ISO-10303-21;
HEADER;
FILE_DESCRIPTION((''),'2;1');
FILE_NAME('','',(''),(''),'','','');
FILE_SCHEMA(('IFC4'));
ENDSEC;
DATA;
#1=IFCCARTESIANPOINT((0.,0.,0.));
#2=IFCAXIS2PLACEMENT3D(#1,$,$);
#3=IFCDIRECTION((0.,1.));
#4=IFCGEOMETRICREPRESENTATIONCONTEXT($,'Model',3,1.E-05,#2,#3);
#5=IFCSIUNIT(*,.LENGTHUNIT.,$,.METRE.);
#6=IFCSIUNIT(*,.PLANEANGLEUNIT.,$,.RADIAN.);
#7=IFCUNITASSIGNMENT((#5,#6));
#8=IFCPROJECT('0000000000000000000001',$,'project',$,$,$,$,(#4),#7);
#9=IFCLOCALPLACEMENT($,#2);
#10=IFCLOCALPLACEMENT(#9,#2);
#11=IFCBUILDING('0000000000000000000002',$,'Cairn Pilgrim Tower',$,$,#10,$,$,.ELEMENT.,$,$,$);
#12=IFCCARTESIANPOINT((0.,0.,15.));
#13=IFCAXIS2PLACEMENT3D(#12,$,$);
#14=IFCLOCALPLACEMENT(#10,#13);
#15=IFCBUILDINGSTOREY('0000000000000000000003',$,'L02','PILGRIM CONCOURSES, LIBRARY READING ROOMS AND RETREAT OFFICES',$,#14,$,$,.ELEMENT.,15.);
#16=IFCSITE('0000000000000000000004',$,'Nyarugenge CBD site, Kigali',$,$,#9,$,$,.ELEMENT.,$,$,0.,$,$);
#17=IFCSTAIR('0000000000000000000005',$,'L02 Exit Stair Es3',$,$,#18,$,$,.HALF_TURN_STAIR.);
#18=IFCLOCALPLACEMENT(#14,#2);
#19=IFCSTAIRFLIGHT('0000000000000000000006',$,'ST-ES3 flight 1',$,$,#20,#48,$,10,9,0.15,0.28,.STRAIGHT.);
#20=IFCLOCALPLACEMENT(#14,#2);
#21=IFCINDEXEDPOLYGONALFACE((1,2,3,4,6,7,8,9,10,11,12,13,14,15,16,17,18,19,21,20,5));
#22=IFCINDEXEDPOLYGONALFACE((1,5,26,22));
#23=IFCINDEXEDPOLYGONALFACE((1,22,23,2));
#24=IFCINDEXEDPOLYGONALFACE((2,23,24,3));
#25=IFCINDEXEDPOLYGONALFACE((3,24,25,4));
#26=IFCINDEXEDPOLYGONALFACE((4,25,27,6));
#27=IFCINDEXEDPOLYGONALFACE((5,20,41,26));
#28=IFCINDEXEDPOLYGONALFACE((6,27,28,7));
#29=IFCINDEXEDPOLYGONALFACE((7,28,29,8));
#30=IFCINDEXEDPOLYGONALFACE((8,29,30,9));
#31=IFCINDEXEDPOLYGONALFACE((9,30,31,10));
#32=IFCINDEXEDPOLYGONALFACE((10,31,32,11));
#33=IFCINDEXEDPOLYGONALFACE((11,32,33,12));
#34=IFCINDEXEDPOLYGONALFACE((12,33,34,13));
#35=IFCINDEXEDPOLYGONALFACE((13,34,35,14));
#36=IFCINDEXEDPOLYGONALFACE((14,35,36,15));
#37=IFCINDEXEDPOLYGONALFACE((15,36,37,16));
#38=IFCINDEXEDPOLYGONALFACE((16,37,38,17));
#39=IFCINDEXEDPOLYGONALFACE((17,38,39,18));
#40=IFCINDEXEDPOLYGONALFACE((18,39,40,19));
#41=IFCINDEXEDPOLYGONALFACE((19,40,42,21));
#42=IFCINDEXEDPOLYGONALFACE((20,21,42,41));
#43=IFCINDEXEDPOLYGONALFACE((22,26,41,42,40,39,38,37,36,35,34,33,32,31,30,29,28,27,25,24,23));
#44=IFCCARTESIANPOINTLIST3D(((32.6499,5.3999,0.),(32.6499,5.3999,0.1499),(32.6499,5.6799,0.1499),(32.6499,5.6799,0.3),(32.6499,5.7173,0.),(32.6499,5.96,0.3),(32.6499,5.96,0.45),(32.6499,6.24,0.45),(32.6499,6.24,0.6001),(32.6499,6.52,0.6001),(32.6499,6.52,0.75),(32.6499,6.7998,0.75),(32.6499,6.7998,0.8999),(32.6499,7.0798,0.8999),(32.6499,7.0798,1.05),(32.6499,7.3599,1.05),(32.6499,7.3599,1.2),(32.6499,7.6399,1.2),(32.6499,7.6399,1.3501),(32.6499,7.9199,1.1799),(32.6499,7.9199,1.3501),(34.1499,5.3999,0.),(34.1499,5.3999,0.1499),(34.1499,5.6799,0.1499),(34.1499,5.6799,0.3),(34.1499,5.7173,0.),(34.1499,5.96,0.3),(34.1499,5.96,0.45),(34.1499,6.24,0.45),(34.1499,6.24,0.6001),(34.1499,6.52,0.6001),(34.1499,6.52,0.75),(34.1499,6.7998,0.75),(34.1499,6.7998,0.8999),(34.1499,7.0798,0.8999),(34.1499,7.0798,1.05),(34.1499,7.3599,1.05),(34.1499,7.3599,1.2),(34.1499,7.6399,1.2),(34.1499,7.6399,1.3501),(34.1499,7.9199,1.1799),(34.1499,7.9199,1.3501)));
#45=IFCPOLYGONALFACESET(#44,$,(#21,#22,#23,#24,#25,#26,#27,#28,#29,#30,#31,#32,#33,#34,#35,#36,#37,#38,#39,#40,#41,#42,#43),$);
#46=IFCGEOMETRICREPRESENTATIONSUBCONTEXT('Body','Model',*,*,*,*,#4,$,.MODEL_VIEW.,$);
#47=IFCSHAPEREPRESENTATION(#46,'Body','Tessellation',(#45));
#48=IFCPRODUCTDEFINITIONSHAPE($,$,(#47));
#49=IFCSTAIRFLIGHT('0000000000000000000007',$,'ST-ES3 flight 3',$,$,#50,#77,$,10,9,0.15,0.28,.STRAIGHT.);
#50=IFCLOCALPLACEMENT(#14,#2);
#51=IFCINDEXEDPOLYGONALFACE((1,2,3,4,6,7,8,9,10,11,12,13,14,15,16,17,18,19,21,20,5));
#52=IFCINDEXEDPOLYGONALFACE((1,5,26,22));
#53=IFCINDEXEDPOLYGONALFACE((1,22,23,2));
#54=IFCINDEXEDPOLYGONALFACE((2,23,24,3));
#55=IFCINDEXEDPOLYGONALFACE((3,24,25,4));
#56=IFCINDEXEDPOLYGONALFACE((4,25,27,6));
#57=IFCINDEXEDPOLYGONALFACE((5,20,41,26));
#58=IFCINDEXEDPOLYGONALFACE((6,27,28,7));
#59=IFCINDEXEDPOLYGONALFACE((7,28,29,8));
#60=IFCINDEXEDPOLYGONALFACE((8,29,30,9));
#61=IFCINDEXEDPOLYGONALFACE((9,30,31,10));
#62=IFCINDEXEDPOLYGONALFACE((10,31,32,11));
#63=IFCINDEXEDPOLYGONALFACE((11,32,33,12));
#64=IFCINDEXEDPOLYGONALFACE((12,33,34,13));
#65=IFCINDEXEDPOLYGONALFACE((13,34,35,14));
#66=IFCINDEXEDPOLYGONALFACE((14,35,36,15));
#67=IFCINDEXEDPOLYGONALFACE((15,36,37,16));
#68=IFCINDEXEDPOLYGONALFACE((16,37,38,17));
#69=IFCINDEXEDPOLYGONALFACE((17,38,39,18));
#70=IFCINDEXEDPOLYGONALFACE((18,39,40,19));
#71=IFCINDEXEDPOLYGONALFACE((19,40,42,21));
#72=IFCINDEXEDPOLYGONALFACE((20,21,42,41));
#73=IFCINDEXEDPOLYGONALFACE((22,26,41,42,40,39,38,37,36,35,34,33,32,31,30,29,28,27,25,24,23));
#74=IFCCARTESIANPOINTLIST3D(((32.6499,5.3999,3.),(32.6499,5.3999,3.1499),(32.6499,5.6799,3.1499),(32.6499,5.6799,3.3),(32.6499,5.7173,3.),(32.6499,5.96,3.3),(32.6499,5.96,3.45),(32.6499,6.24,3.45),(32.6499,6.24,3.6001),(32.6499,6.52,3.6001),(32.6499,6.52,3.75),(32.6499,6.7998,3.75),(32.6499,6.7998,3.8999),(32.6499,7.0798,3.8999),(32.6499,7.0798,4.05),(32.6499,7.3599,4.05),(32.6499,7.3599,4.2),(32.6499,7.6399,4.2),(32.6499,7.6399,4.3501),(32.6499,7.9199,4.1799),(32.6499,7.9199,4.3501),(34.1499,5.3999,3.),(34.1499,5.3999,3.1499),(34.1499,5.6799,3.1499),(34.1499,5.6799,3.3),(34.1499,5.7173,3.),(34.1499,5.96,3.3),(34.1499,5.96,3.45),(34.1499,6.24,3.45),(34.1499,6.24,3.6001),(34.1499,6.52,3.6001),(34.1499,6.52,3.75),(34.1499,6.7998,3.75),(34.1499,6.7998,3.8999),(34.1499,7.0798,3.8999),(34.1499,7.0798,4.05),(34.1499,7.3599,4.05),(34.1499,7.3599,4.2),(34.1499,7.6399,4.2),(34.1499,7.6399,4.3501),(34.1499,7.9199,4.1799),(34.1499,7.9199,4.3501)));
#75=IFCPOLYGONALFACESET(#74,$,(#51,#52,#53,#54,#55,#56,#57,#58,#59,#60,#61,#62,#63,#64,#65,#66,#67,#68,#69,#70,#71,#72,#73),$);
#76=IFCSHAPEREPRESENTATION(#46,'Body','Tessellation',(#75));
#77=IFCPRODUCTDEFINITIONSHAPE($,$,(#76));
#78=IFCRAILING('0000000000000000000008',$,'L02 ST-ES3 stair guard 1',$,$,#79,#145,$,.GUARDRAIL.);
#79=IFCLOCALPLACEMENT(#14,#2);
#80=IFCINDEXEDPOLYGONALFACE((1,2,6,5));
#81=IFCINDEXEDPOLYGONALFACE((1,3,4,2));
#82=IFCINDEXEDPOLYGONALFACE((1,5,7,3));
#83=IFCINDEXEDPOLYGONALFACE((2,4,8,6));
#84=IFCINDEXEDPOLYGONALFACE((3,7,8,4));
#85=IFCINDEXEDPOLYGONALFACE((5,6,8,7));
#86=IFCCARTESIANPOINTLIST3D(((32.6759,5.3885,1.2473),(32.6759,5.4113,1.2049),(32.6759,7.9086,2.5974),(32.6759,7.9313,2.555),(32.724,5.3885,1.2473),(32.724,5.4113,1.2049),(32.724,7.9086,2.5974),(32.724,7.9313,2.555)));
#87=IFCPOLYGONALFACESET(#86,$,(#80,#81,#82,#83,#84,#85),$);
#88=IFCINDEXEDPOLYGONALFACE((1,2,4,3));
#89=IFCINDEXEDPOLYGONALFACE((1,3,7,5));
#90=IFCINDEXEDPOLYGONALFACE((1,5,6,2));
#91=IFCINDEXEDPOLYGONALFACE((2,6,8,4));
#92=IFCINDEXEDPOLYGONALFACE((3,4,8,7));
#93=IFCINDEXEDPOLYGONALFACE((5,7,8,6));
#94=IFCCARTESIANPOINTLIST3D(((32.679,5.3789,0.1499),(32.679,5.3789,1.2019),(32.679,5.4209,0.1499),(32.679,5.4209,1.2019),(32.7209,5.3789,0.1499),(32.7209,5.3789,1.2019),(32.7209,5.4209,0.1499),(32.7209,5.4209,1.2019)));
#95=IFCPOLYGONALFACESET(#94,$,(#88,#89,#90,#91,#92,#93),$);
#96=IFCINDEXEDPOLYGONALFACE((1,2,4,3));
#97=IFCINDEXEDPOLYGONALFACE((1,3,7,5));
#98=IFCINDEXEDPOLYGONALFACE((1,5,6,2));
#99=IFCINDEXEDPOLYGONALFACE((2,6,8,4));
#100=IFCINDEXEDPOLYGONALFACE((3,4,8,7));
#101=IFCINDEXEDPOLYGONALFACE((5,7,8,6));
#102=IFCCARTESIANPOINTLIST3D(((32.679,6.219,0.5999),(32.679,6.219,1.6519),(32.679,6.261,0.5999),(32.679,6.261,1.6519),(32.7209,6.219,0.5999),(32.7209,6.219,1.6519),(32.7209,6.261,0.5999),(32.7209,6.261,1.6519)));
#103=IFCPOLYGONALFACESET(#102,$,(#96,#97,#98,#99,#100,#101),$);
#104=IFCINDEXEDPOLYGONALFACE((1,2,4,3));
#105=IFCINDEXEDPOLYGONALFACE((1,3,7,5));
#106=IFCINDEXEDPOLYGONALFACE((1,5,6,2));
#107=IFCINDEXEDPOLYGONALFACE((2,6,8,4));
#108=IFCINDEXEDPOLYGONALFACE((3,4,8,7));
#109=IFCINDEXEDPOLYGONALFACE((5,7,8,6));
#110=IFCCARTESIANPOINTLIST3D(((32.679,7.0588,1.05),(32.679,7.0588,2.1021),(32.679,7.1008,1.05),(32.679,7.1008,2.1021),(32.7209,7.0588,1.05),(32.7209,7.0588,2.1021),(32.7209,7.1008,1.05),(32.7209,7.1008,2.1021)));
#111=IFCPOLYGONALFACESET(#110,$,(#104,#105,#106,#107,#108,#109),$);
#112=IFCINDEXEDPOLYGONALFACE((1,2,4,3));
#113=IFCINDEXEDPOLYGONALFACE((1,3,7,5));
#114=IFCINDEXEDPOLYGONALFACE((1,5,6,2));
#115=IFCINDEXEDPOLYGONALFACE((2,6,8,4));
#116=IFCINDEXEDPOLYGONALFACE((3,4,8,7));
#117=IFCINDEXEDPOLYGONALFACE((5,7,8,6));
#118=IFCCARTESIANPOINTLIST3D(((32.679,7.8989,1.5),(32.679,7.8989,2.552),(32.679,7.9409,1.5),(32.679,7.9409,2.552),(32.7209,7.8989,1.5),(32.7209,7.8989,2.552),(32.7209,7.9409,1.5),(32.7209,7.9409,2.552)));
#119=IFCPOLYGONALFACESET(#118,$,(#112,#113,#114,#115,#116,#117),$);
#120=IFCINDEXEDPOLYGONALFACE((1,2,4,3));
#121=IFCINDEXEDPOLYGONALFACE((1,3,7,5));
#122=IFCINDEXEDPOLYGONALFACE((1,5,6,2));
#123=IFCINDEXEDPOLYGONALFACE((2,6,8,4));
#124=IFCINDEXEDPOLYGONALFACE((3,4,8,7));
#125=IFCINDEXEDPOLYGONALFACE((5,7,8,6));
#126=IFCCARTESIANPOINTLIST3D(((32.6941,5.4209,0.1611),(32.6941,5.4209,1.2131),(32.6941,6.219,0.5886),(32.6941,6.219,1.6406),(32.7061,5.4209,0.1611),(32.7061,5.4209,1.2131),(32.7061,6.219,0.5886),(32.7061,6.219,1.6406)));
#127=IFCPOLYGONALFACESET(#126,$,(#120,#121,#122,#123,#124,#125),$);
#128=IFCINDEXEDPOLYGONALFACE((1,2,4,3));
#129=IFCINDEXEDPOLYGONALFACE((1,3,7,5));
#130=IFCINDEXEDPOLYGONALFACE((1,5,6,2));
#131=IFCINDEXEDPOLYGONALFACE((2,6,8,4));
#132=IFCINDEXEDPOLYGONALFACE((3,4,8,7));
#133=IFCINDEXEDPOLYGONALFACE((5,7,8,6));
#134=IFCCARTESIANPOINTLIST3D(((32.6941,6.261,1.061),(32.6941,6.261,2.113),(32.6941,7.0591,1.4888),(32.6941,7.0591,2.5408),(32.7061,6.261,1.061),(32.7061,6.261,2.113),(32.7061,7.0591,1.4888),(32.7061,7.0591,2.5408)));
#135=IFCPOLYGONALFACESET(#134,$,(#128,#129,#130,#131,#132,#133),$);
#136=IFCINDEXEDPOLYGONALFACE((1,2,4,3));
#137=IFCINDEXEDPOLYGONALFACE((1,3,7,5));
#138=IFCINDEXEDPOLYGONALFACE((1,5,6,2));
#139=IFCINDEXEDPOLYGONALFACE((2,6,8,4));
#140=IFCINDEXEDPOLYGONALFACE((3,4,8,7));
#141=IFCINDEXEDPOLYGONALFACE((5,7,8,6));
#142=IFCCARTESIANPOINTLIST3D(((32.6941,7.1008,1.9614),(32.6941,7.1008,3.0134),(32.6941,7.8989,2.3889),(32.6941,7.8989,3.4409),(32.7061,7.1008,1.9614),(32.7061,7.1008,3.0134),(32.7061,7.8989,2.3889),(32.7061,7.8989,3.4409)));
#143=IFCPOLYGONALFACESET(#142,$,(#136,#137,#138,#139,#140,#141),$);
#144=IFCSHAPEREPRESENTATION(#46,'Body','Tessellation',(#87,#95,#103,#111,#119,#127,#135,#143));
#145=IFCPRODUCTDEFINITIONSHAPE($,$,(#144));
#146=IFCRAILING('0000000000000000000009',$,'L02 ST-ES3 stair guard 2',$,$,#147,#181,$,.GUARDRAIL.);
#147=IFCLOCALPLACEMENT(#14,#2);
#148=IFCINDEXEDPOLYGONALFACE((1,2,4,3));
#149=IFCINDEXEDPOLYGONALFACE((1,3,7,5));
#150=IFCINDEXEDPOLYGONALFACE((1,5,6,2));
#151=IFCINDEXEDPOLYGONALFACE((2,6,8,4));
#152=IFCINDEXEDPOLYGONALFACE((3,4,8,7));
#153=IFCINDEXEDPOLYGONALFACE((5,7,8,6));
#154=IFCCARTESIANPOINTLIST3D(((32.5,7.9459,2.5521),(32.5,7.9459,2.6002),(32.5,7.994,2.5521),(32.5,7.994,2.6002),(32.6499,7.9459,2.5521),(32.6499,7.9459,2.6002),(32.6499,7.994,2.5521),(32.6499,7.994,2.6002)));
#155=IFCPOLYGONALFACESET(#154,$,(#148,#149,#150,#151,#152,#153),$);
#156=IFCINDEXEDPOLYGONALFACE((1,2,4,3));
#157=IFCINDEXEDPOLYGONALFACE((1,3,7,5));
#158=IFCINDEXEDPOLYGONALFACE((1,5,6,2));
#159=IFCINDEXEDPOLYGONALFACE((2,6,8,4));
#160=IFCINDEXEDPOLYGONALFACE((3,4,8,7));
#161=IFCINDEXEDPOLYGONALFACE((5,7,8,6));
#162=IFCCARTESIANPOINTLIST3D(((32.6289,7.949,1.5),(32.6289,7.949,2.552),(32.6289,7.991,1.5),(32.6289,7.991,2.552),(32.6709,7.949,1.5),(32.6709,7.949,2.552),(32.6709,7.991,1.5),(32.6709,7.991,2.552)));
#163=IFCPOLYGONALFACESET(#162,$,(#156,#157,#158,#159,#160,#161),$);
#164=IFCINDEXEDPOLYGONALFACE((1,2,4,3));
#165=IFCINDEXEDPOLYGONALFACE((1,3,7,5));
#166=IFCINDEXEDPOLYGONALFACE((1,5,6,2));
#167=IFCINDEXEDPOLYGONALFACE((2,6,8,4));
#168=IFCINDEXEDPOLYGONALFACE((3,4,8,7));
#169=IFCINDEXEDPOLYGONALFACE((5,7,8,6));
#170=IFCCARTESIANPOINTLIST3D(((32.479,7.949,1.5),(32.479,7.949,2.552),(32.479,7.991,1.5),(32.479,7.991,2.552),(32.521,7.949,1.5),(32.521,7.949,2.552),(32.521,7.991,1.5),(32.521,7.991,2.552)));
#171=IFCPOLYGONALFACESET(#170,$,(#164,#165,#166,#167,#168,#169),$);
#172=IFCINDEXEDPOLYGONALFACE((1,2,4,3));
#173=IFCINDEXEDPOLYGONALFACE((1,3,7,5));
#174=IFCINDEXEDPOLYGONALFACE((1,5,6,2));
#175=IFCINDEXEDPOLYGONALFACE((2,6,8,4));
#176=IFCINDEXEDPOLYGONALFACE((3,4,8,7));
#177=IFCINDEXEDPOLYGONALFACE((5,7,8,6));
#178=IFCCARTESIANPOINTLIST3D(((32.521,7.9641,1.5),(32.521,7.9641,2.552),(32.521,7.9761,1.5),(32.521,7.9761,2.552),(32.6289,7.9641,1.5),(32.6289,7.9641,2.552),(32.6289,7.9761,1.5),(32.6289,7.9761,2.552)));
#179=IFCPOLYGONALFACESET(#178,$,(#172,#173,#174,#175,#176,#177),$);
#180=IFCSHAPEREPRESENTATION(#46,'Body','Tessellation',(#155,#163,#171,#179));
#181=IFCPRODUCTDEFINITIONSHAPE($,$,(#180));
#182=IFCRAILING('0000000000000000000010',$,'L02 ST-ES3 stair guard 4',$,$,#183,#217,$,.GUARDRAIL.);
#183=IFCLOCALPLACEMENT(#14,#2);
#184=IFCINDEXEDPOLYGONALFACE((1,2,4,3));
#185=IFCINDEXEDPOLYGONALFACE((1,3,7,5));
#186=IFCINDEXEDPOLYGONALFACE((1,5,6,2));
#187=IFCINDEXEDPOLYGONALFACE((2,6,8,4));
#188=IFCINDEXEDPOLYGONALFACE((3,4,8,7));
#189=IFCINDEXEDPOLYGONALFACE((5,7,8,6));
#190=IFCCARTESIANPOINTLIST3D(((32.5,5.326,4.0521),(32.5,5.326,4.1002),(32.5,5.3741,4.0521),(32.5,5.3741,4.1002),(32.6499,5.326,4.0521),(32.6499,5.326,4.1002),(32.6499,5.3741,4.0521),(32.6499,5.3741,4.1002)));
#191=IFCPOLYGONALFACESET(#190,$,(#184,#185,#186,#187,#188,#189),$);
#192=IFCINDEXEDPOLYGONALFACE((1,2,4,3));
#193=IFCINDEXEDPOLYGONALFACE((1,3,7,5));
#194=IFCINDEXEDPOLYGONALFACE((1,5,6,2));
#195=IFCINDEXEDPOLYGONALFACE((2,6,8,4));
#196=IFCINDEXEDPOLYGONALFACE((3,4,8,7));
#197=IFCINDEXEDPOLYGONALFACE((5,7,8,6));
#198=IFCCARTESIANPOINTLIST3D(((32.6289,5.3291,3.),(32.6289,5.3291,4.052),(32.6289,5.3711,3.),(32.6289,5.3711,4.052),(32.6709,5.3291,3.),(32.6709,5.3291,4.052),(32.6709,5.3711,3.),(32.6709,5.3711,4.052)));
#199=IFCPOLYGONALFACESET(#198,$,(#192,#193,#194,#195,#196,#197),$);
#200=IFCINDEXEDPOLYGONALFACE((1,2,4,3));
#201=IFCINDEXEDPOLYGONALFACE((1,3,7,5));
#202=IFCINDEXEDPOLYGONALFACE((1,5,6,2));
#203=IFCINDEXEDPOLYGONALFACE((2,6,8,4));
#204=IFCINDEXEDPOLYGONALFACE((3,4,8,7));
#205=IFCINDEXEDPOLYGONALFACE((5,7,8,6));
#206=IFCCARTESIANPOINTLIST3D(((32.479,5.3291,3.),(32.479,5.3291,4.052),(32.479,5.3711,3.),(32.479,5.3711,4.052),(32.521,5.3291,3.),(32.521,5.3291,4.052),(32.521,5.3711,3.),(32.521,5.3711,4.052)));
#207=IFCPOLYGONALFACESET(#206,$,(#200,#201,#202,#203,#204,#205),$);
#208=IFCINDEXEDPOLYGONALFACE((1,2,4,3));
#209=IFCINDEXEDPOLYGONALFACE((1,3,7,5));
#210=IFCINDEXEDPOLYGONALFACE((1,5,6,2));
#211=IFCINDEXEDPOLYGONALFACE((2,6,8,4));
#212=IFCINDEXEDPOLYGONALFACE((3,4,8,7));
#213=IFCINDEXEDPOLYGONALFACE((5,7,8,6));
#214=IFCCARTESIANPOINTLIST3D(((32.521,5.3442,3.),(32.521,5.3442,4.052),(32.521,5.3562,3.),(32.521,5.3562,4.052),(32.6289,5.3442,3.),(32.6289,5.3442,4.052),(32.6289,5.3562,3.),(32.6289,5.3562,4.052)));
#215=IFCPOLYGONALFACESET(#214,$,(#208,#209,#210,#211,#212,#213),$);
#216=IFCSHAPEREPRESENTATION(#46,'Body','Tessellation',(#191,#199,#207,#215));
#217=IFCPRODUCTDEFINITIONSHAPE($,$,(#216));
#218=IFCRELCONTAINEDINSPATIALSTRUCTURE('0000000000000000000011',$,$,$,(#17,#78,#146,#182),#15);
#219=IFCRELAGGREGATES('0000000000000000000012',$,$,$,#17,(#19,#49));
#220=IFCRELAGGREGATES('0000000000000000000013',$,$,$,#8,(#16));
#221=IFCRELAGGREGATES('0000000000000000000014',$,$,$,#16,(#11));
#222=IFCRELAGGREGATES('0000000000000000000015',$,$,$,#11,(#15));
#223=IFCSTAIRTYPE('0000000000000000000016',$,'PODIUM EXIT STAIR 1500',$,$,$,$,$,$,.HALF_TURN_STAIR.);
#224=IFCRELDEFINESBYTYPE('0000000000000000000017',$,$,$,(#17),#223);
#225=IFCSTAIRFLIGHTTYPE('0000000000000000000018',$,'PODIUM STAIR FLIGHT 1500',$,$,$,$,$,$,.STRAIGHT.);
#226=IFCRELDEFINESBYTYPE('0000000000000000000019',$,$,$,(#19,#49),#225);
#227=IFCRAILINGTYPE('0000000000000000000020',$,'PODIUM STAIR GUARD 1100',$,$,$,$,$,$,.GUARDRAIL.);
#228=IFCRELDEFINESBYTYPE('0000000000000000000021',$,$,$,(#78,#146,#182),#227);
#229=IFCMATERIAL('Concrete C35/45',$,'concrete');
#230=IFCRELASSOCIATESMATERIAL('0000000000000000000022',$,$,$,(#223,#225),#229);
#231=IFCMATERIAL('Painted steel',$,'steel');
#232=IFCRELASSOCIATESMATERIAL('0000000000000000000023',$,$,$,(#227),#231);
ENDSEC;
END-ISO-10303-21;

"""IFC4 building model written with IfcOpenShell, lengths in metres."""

from ifc_helpers import new_model, si_unit, direction, frame, origin, origin_2d, place, context, subcontext, project, spatial, polyline, rectangle, outline, extrude, material, type_object, element, aggregate, save


model = new_model("IFC4")

# Units and contexts
model_context = context("Model", 3, precision=1e-05, world=origin(), true_north=direction((0.0, 1.0)))
body_context = subcontext(model_context, "Body", "Model", "MODEL_VIEW")
ifc_project = project(units=[si_unit("LENGTHUNIT", "METRE"), si_unit("PLANEANGLEUNIT", "RADIAN")], contexts=[model_context])

# Site, building, storey
site_placement = place(None, origin())
site = spatial("IfcSite", under=ifc_project, at=site_placement, Name="Nyarugenge CBD site, Kigali", CompositionType="ELEMENT", RefElevation=0.0)
building_placement = place(site_placement, origin())
building = spatial("IfcBuilding", under=site, at=building_placement, Name="Cairn Pilgrim Tower", CompositionType="ELEMENT")
storey_placement = place(building_placement, frame((0.0, 0.0, 15.0)))
storey = spatial("IfcBuildingStorey", under=building, at=storey_placement, Name="L02", Description="PILGRIM CONCOURSES, LIBRARY READING ROOMS AND RETREAT OFFICES", CompositionType="ELEMENT", Elevation=15.0)

# Shared definitions
ifc_material_1 = material(Name="Concrete C35/45", Category="concrete")

# Stair, stair flights
stair_type = type_object("IfcStairType", Name="PODIUM EXIT STAIR 1500", PredefinedType="HALF_TURN_STAIR", material=ifc_material_1)
stair_placement = place(storey_placement, origin())
stair = element("IfcStair", 1, at=stair_placement, inside=storey, type_object=stair_type, Name="L02 Exit Stair Es3", PredefinedType="HALF_TURN_STAIR")
stair_flight_type = type_object("IfcStairFlightType", Name="PODIUM STAIR FLIGHT 1500", PredefinedType="STRAIGHT", material=ifc_material_1)
stair_flight_1_placement = place(storey_placement, frame((33.3999, 5.3999, 0.0), z_axis=(0.0, 0.0, 1.0), x_axis=(0.0, 1.0, 0.0)))
stair_flight_1 = element("IfcStairFlight", 2, at=stair_flight_1_placement, type_object=stair_flight_type, Name="ST-ES3 flight 1", NumberOfRisers=10, NumberOfTreads=9, PredefinedType="STRAIGHT", RiserHeight=0.15, TreadLength=0.28, context=body_context, shape_type="SweptSolid", body=[
    extrude(outline(polyline([(0.0, 0.0), (0.0, 0.1499), (0.28, 0.1499), (0.28, 0.3), (0.5601, 0.3), (0.5601, 0.45), (0.8401, 0.45), (0.8401, 0.6001), (1.1201, 0.6001), (1.1201, 0.75), (1.3999, 0.75), (1.3999, 0.8999), (1.6799, 0.8999), (1.6799, 1.05), (1.96, 1.05), (1.96, 1.2), (2.24, 1.2), (2.24, 1.3501), (2.52, 1.3501), (2.52, 1.5), (2.52, 1.1799), (0.3174, 0.0), (0.0, 0.0)])), frame((0.0, 0.75, 0.0), z_axis=(0.0, -1.0, 0.0), x_axis=(1.0, 0.0, 0.0)), (0.0, 0.0, 1.0), 1.5),
])
stair_flight_2_placement = place(storey_placement, frame((33.3999, 5.3999, 3.0), z_axis=(0.0, 0.0, 1.0), x_axis=(0.0, 1.0, 0.0)))
stair_flight_2 = element("IfcStairFlight", 3, at=stair_flight_2_placement, type_object=stair_flight_type, Name="ST-ES3 flight 3", NumberOfRisers=10, NumberOfTreads=9, PredefinedType="STRAIGHT", RiserHeight=0.15, TreadLength=0.28, context=body_context, shape_type="SweptSolid", body=[
    extrude(outline(polyline([(0.0, 0.0), (0.0, 0.1499), (0.28, 0.1499), (0.28, 0.3), (0.5601, 0.3), (0.5601, 0.45), (0.8401, 0.45), (0.8401, 0.6001), (1.1201, 0.6001), (1.1201, 0.75), (1.3999, 0.75), (1.3999, 0.8999), (1.6799, 0.8999), (1.6799, 1.05), (1.96, 1.05), (1.96, 1.2), (2.24, 1.2), (2.24, 1.3501), (2.52, 1.3501), (2.52, 1.5), (2.52, 1.1799), (0.3174, 0.0), (0.0, 0.0)])), frame((0.0, 0.75, 0.0), z_axis=(0.0, -1.0, 0.0), x_axis=(1.0, 0.0, 0.0)), (0.0, 0.0, 1.0), 1.5),
])
aggregate(stair, [stair_flight_1, stair_flight_2])

# Railings
ifc_material_2 = material(Name="Painted steel", Category="steel")
railing_type_1 = type_object("IfcRailingType", Name="PODIUM STAIR GUARD 1100", PredefinedType="GUARDRAIL", material=ifc_material_2)
railing_1_placement = place(storey_placement, frame((32.7, 5.3999, 0.1499)))
element("IfcRailing", 4, at=railing_1_placement, inside=storey, type_object=railing_type_1, Name="L02 ST-ES3 stair guard 1", PredefinedType="GUARDRAIL", context=body_context, shape_type="SweptSolid", body=[
    extrude(rectangle(XDim=0.0481, YDim=0.0481, at=origin_2d()), frame((0.0, 0.0, 1.0762), z_axis=(0.0, 0.881467, 0.472245), x_axis=(-1.0, 0.0, 0.0)), (0.0, 0.0, 1.0), 2.8589),
    extrude(rectangle(XDim=0.042, YDim=0.042, at=origin_2d()), origin(), (0.0, 0.0, 1.0), 1.052),
    extrude(rectangle(XDim=0.042, YDim=0.042, at=origin_2d()), frame((0.0, 0.8401, 0.45)), (0.0, 0.0, 1.0), 1.052),
    extrude(rectangle(XDim=0.042, YDim=0.042, at=origin_2d()), frame((0.0, 1.6799, 0.9001)), (0.0, 0.0, 1.0), 1.052),
    extrude(rectangle(XDim=0.042, YDim=0.042, at=origin_2d()), frame((0.0, 2.52, 1.3501)), (0.0, 0.0, 1.0), 1.052),
    extrude(outline(polyline([(0.021, 0.0112), (0.8191, 0.4387), (0.8191, 1.4907), (0.021, 1.0632), (0.021, 0.0112)])), frame((-0.0059, 0.0, 0.0), z_axis=(1.0, 0.0, 0.0), x_axis=(0.0, 1.0, 0.0)), (0.0, 0.0, 1.0), 0.012),
    extrude(outline(polyline([(0.021, 0.4612), (0.8191, 0.8889), (0.8191, 1.9409), (0.021, 1.5132), (0.021, 0.4612)])), frame((-0.0059, 0.8401, 0.45), z_axis=(1.0, 0.0, 0.0), x_axis=(0.0, 1.0, 0.0)), (0.0, 0.0, 1.0), 0.012),
    extrude(outline(polyline([(0.021, 0.9114), (0.8191, 1.3389), (0.8191, 2.3909), (0.021, 1.9634), (0.021, 0.9114)])), frame((-0.0059, 1.6799, 0.9001), z_axis=(1.0, 0.0, 0.0), x_axis=(0.0, 1.0, 0.0)), (0.0, 0.0, 1.0), 0.012),
])
for number, where, name in (
    (5, (32.6499, 7.97, 1.5), "L02 ST-ES3 stair guard 2"),
    (6, (32.6499, 5.3501, 3.0), "L02 ST-ES3 stair guard 4"),
):
    element("IfcRailing", number, at=place(storey_placement, frame(where)), inside=storey, type_object=railing_type_1, Name=name, PredefinedType="GUARDRAIL", context=body_context, shape_type="SweptSolid", body=[
        extrude(rectangle(XDim=0.0481, YDim=0.0481, at=origin_2d()), frame((0.0, 0.0, 1.0762), z_axis=(-1.0, 0.0, 0.0), x_axis=(0.0, -1.0, 0.0)), (0.0, 0.0, 1.0), 0.1499),
        extrude(rectangle(XDim=0.042, YDim=0.042, at=origin_2d()), origin(), (0.0, 0.0, 1.0), 1.052),
        extrude(rectangle(XDim=0.042, YDim=0.042, at=origin_2d()), frame((-0.1499, 0.0, 0.0)), (0.0, 0.0, 1.0), 1.052),
        extrude(outline(polyline([(0.021, 0.0), (0.1289, 0.0), (0.1289, 1.052), (0.021, 1.052), (0.021, 0.0)])), frame((0.0, -0.0059, 0.0), z_axis=(0.0, 1.0, 0.0), x_axis=(-1.0, 0.0, 0.0)), (0.0, 0.0, 1.0), 0.012),
    ])

save(model, "model.ifc")
